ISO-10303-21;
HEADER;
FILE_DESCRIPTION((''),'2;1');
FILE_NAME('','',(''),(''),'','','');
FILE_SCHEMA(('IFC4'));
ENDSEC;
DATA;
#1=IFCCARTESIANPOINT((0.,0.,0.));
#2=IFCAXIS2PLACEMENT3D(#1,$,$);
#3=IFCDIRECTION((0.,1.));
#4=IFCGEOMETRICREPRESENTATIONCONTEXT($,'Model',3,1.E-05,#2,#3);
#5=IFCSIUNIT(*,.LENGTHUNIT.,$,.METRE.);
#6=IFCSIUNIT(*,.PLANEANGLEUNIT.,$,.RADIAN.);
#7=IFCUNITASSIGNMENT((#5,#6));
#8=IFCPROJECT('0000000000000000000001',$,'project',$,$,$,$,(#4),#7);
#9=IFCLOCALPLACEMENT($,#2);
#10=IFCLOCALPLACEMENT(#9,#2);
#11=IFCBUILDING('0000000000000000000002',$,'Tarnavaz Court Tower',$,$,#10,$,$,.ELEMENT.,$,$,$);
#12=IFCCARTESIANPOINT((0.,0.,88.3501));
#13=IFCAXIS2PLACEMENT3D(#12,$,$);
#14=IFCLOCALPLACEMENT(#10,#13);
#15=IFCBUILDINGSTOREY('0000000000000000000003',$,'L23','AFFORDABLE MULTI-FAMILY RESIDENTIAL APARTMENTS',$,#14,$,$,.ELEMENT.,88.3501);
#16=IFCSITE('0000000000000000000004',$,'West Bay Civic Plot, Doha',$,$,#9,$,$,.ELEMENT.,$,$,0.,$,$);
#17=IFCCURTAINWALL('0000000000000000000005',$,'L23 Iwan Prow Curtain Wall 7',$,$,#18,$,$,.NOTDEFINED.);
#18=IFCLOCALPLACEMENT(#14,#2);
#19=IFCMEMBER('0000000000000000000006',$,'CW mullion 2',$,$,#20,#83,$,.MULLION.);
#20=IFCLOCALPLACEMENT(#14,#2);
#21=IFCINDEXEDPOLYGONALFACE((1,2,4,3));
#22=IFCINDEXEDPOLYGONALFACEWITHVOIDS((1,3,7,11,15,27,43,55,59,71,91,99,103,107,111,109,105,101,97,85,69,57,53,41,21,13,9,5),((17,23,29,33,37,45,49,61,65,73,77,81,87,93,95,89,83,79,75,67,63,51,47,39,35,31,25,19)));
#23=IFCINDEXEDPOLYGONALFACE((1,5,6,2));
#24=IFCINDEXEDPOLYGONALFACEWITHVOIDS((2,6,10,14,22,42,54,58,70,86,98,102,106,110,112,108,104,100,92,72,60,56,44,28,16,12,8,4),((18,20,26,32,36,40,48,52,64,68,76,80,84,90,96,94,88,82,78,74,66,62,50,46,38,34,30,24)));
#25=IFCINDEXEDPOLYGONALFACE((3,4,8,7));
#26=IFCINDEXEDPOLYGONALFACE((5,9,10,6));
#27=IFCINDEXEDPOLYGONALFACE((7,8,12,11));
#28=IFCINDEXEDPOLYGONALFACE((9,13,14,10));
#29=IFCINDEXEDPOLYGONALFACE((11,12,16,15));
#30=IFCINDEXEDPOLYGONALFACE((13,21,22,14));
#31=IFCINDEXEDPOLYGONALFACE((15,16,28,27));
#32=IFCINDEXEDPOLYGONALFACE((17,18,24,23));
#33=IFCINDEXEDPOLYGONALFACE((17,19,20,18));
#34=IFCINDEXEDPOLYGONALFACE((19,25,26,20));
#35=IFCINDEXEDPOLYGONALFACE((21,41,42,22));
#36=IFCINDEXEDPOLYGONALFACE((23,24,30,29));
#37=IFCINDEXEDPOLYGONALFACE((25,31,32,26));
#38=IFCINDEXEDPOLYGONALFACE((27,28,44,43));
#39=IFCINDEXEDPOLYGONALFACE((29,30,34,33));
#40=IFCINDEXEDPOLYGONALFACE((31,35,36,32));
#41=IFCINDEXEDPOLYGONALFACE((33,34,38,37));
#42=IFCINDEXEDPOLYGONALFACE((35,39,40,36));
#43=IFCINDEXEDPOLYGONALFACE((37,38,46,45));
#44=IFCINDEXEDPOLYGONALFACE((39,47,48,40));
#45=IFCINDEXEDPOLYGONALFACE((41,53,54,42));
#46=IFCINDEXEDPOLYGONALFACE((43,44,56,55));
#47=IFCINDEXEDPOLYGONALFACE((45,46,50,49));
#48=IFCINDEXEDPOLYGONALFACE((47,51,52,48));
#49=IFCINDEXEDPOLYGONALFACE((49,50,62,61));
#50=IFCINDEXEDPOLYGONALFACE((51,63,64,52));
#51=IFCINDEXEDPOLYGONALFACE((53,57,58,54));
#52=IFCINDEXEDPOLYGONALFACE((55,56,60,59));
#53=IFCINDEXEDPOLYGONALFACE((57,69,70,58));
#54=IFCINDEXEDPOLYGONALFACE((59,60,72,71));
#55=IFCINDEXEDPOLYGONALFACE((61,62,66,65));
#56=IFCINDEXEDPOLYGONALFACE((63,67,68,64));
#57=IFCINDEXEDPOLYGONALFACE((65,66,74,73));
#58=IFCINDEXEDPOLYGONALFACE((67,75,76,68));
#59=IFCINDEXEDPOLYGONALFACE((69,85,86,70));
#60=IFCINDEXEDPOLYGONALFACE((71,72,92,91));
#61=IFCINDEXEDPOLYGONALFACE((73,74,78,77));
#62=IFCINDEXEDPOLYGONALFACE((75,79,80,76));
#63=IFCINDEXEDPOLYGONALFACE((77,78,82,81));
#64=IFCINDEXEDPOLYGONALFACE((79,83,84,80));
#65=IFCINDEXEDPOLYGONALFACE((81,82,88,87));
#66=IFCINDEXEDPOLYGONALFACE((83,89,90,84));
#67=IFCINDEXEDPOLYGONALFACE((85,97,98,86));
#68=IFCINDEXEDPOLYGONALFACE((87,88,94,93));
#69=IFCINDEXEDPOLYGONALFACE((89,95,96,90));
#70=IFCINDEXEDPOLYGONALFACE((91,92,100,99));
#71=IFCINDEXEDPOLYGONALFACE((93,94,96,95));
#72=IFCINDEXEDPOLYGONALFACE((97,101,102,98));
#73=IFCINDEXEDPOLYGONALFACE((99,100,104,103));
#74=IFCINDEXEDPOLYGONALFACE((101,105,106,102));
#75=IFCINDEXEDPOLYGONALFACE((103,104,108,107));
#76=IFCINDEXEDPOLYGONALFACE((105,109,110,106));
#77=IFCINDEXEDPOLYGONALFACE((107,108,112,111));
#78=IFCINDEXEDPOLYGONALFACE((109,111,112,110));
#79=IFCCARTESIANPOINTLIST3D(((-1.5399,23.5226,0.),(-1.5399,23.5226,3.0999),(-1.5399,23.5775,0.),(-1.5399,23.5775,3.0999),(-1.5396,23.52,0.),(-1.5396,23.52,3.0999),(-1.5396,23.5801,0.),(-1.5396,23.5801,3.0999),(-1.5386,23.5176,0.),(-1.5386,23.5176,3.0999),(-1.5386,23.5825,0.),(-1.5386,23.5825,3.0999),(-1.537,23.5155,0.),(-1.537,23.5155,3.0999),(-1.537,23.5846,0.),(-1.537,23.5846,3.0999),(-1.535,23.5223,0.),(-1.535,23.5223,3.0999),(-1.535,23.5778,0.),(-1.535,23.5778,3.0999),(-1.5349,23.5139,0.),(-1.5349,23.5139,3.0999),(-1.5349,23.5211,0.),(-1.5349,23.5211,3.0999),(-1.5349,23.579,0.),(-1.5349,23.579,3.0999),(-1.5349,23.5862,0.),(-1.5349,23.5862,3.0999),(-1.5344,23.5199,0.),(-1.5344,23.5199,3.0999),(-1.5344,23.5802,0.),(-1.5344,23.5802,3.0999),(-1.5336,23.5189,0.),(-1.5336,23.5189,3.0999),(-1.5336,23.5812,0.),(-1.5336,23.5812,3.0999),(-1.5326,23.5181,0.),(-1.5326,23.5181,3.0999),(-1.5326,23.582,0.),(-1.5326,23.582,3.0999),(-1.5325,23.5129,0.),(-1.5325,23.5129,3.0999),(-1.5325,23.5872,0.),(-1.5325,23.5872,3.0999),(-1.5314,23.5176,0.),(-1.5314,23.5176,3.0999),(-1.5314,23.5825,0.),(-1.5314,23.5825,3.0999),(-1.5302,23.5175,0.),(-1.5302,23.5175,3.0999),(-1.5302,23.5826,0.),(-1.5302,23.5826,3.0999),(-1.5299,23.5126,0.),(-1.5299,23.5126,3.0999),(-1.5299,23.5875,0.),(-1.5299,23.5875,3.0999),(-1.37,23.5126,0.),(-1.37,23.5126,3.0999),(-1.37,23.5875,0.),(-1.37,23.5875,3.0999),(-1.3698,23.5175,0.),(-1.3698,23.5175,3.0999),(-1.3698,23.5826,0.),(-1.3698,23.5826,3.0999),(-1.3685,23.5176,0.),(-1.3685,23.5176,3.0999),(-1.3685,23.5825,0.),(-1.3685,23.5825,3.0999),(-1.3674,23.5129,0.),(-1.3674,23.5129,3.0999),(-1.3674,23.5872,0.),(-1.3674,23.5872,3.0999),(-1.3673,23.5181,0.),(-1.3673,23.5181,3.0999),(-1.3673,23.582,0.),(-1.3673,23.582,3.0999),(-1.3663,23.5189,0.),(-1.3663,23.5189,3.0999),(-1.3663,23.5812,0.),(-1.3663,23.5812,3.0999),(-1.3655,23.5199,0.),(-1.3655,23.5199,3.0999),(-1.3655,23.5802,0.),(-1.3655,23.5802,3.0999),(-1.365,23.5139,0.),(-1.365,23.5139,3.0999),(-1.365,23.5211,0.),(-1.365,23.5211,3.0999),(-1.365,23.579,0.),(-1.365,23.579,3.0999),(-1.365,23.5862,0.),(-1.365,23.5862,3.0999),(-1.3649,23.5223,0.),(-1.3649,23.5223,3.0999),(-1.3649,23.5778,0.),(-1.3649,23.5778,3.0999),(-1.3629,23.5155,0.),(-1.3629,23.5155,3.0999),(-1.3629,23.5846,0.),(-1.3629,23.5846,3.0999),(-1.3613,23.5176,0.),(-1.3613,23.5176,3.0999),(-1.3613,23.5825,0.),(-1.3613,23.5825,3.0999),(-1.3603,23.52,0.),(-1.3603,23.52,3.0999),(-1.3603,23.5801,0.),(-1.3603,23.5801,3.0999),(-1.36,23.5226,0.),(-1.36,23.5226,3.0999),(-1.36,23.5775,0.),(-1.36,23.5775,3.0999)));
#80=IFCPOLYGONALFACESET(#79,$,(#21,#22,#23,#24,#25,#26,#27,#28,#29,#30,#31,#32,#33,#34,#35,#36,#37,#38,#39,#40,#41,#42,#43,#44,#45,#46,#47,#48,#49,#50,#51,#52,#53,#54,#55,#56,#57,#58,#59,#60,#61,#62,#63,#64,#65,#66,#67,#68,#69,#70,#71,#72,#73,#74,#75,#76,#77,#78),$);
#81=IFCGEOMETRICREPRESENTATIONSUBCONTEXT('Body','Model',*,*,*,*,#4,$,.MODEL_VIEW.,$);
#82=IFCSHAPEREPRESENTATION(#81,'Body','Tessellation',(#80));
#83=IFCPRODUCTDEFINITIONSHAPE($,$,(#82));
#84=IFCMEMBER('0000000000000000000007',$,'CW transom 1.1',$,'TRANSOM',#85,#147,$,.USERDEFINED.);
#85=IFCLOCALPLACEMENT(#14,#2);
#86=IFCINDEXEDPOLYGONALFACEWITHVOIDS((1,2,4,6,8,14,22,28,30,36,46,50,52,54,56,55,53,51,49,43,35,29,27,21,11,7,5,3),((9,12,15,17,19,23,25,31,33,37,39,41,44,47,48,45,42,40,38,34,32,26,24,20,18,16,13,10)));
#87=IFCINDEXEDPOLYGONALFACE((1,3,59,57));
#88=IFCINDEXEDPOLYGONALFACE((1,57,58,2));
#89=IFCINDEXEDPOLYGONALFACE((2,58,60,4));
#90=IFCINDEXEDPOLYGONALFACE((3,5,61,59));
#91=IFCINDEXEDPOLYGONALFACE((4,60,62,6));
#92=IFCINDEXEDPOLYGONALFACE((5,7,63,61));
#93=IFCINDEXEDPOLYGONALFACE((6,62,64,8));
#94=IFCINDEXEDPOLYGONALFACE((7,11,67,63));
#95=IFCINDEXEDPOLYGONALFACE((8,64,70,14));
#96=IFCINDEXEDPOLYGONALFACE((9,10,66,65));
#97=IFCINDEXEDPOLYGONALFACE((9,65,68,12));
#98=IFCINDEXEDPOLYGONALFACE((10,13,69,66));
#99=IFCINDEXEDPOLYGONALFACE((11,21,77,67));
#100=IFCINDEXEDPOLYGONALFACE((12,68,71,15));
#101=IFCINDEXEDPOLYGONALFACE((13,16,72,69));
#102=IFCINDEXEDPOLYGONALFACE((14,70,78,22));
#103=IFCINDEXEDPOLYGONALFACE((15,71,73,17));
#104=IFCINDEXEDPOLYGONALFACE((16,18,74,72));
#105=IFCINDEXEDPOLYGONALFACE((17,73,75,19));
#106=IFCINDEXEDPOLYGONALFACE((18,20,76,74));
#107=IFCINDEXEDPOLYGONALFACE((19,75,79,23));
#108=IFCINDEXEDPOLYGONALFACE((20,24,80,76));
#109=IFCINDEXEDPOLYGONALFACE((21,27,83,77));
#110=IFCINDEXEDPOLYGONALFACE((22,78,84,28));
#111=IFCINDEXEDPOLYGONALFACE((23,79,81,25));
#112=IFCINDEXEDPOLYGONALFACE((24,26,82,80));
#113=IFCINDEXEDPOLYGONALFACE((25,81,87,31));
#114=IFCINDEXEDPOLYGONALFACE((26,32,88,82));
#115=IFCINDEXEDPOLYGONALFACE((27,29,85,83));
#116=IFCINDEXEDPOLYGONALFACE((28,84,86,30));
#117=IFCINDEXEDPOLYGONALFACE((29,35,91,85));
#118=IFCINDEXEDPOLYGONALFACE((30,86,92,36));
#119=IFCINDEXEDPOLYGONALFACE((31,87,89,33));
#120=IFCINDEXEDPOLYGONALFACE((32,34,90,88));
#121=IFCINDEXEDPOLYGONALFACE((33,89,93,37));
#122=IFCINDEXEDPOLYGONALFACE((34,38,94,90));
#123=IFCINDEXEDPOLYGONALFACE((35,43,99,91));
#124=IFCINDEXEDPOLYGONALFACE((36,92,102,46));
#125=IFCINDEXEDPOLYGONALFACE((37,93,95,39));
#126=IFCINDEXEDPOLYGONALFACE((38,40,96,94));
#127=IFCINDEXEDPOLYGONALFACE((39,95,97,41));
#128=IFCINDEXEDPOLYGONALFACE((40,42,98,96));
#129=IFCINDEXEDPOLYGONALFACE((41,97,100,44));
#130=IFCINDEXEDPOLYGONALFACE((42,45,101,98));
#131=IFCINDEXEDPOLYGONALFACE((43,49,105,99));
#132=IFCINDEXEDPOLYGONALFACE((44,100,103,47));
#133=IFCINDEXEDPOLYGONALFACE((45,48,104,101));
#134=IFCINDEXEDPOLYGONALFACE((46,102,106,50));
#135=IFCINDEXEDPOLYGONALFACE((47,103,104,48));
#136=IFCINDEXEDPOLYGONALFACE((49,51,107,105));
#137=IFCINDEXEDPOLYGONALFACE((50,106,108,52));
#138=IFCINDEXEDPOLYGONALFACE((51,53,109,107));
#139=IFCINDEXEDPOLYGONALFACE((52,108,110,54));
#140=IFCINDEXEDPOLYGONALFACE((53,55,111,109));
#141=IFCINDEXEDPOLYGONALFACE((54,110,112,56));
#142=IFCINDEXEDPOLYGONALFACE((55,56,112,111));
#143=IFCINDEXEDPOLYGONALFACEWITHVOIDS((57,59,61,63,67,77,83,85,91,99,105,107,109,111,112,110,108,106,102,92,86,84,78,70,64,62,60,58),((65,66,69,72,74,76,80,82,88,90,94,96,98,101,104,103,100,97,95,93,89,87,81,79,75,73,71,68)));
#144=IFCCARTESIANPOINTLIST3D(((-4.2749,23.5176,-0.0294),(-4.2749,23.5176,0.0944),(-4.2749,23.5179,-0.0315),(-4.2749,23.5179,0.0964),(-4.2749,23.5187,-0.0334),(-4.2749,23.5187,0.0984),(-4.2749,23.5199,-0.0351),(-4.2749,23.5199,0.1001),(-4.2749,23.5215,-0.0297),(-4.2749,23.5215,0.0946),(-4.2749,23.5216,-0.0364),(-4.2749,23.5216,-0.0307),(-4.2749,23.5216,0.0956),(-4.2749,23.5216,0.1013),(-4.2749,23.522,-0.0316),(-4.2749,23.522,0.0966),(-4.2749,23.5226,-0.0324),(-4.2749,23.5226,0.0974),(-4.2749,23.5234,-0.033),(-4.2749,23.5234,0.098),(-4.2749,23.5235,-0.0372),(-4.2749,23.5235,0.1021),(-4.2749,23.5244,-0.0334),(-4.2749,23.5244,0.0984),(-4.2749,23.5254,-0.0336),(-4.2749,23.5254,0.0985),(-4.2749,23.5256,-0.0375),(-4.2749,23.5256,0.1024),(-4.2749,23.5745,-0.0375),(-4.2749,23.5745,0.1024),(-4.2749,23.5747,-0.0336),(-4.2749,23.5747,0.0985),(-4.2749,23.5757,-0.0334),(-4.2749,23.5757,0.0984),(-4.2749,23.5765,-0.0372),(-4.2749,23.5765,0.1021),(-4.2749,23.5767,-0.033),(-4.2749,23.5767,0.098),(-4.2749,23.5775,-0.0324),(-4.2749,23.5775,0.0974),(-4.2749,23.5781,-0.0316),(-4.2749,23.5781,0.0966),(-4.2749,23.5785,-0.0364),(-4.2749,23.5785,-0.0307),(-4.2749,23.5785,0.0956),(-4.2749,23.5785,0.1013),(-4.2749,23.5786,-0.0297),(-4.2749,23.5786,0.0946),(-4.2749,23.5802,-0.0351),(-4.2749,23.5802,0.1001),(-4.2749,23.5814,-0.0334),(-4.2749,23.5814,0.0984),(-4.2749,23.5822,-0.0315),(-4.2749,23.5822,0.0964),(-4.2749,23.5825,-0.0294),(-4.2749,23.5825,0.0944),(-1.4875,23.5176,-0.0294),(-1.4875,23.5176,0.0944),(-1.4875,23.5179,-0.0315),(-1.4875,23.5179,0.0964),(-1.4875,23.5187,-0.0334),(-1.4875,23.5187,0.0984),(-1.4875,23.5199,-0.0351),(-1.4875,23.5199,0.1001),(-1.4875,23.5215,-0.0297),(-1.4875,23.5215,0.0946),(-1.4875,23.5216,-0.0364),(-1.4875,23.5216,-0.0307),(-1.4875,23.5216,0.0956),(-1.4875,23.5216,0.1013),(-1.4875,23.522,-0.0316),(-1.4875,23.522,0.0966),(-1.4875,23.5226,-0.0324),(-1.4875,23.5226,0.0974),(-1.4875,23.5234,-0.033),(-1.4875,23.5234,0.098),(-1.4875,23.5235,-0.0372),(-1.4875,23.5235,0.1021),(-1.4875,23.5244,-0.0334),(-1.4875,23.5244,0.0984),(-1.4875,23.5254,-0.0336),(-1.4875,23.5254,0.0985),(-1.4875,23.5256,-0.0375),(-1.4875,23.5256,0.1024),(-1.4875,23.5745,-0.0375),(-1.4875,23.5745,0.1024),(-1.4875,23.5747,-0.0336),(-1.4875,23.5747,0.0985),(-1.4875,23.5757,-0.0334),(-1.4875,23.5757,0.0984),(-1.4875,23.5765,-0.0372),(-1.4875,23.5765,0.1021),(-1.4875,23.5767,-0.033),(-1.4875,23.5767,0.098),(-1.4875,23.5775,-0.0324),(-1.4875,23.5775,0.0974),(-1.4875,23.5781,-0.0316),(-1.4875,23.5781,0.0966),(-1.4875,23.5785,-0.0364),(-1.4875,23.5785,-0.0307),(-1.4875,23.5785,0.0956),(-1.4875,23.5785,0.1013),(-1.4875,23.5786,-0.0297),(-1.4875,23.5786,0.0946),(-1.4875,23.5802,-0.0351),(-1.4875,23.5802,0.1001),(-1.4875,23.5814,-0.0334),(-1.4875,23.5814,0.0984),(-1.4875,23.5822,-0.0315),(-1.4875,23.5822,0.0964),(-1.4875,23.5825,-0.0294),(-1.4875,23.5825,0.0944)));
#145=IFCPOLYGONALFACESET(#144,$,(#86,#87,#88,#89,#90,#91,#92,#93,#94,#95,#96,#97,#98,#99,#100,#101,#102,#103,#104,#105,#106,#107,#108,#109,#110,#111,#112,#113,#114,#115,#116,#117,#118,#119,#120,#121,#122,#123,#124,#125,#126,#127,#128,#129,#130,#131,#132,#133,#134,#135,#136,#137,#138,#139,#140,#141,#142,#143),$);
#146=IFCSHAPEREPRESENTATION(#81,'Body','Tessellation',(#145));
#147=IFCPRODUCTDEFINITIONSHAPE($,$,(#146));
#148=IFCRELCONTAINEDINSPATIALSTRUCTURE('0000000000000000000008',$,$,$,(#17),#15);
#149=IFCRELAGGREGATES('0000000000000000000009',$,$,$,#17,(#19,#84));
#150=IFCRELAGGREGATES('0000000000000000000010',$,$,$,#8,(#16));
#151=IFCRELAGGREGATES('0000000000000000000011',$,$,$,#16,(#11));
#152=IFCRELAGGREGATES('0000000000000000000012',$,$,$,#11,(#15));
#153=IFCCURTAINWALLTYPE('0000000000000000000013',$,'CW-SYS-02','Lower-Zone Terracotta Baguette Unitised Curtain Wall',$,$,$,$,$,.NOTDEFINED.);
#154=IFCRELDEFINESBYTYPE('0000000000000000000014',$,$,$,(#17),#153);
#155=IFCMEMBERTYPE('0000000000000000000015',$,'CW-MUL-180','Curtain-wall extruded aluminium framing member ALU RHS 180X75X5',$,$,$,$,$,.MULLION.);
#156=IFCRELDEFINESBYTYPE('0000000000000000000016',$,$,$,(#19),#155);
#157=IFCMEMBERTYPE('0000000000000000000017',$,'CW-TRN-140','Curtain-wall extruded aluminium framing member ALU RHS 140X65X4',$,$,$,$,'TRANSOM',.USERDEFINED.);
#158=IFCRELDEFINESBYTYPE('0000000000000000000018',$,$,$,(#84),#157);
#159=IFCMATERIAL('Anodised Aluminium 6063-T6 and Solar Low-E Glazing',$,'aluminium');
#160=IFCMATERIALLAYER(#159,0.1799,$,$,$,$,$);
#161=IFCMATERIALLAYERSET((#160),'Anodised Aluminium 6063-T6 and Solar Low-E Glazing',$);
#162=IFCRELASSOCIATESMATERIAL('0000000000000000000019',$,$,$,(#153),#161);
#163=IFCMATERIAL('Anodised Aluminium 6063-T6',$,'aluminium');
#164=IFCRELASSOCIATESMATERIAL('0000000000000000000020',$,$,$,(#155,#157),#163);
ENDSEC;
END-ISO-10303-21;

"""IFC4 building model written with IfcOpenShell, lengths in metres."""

from ifc_helpers import new_model, si_unit, direction, frame, origin, origin_2d, place, context, subcontext, project, spatial, hollow_rectangle, extrude, material, layer, layer_set, material_profile, profile_set, type_object, element, aggregate, save


model = new_model("IFC4")

# Units and contexts
model_context = context("Model", 3, precision=1e-05, world=origin(), true_north=direction((0.0, 1.0)))
body_context = subcontext(model_context, "Body", "Model", "MODEL_VIEW")
ifc_project = project(units=[si_unit("LENGTHUNIT", "METRE"), si_unit("PLANEANGLEUNIT", "RADIAN")], contexts=[model_context])

# Site, building, storey
site_placement = place(None, origin())
site = spatial("IfcSite", under=ifc_project, at=site_placement, Name="West Bay Civic Plot, Doha", CompositionType="ELEMENT", RefElevation=0.0)
building_placement = place(site_placement, origin())
building = spatial("IfcBuilding", under=site, at=building_placement, Name="Tarnavaz Court Tower", CompositionType="ELEMENT")
storey_placement = place(building_placement, frame((0.0, 0.0, 88.3501)))
storey = spatial("IfcBuildingStorey", under=building, at=storey_placement, Name="L23", Description="AFFORDABLE MULTI-FAMILY RESIDENTIAL APARTMENTS", CompositionType="ELEMENT", Elevation=88.3501)

# Curtain wall, members
ifc_material_1 = material(Name="Anodised Aluminium 6063-T6 and Solar Low-E Glazing", Category="aluminium")
ifc_layer_1 = layer(ifc_material_1, 0.1799)
ifc_layer_set_1 = layer_set([ifc_layer_1], Name="Anodised Aluminium 6063-T6 and Solar Low-E Glazing")
curtain_wall_type = type_object("IfcCurtainWallType", Name="CW-SYS-02", Description="Lower-Zone Terracotta Baguette Unitised Curtain Wall", PredefinedType="NOTDEFINED", material=ifc_layer_set_1)
curtain_wall_placement = place(storey_placement, origin())
curtain_wall = element("IfcCurtainWall", 1, at=curtain_wall_placement, inside=storey, type_object=curtain_wall_type, Name="L23 Iwan Prow Curtain Wall 7", PredefinedType="NOTDEFINED")
ifc_material_2 = material(Name="Anodised Aluminium 6063-T6", Category="aluminium")
ifc_material_profile_1 = material_profile(ifc_material_2, hollow_rectangle(XDim=0.075, YDim=0.1799, WallThickness=0.0049, InnerFilletRadius=0.0049, OuterFilletRadius=0.01, at=origin_2d()), Name="ALU RHS 180X75X5")
ifc_profile_set_1 = profile_set([ifc_material_profile_1], Name="Anodised Aluminium 6063-T6")
member_type_1 = type_object("IfcMemberType", Name="CW-MUL-180", Description="Curtain-wall extruded aluminium framing member ALU RHS 180X75X5", PredefinedType="MULLION", material=ifc_profile_set_1)
member_1_placement = place(storey_placement, frame((-1.45, 23.55, 0.0), z_axis=(0.0, 0.0, 1.0), x_axis=(0.0, 1.0, 0.0)))
member_1 = element("IfcMember", 2, at=member_1_placement, type_object=member_type_1, Name="CW mullion 2", PredefinedType="MULLION", context=body_context, shape_type="SweptSolid", body=[
    extrude(hollow_rectangle(XDim=0.075, YDim=0.1799, WallThickness=0.0049, InnerFilletRadius=0.0049, OuterFilletRadius=0.01, at=origin_2d()), origin(), (0.0, 0.0, 1.0), 3.0999),
])
ifc_material_profile_2 = material_profile(ifc_material_2, hollow_rectangle(XDim=0.0649, YDim=0.1399, WallThickness=0.0039, InnerFilletRadius=0.0039, OuterFilletRadius=0.0081, at=origin_2d()), Name="ALU RHS 140X65X4")
ifc_profile_set_2 = profile_set([ifc_material_profile_2], Name="Anodised Aluminium 6063-T6")
member_type_2 = type_object("IfcMemberType", Name="CW-TRN-140", Description="Curtain-wall extruded aluminium framing member ALU RHS 140X65X4", ElementType="TRANSOM", PredefinedType="USERDEFINED", material=ifc_profile_set_2)
member_2_placement = place(storey_placement, frame((-4.2749, 23.55, 0.0325), z_axis=(1.0, 0.0, 0.0), x_axis=(0.0, 1.0, 0.0)))
member_2 = element("IfcMember", 3, at=member_2_placement, type_object=member_type_2, Name="CW transom 1.1", ObjectType="TRANSOM", PredefinedType="USERDEFINED", context=body_context, shape_type="SweptSolid", body=[
    extrude(hollow_rectangle(XDim=0.0649, YDim=0.1399, WallThickness=0.0039, InnerFilletRadius=0.0039, OuterFilletRadius=0.0081, at=origin_2d()), origin(), (0.0, 0.0, 1.0), 2.7874),
])
aggregate(curtain_wall, [member_1, member_2])

save(model, "model.ifc")
